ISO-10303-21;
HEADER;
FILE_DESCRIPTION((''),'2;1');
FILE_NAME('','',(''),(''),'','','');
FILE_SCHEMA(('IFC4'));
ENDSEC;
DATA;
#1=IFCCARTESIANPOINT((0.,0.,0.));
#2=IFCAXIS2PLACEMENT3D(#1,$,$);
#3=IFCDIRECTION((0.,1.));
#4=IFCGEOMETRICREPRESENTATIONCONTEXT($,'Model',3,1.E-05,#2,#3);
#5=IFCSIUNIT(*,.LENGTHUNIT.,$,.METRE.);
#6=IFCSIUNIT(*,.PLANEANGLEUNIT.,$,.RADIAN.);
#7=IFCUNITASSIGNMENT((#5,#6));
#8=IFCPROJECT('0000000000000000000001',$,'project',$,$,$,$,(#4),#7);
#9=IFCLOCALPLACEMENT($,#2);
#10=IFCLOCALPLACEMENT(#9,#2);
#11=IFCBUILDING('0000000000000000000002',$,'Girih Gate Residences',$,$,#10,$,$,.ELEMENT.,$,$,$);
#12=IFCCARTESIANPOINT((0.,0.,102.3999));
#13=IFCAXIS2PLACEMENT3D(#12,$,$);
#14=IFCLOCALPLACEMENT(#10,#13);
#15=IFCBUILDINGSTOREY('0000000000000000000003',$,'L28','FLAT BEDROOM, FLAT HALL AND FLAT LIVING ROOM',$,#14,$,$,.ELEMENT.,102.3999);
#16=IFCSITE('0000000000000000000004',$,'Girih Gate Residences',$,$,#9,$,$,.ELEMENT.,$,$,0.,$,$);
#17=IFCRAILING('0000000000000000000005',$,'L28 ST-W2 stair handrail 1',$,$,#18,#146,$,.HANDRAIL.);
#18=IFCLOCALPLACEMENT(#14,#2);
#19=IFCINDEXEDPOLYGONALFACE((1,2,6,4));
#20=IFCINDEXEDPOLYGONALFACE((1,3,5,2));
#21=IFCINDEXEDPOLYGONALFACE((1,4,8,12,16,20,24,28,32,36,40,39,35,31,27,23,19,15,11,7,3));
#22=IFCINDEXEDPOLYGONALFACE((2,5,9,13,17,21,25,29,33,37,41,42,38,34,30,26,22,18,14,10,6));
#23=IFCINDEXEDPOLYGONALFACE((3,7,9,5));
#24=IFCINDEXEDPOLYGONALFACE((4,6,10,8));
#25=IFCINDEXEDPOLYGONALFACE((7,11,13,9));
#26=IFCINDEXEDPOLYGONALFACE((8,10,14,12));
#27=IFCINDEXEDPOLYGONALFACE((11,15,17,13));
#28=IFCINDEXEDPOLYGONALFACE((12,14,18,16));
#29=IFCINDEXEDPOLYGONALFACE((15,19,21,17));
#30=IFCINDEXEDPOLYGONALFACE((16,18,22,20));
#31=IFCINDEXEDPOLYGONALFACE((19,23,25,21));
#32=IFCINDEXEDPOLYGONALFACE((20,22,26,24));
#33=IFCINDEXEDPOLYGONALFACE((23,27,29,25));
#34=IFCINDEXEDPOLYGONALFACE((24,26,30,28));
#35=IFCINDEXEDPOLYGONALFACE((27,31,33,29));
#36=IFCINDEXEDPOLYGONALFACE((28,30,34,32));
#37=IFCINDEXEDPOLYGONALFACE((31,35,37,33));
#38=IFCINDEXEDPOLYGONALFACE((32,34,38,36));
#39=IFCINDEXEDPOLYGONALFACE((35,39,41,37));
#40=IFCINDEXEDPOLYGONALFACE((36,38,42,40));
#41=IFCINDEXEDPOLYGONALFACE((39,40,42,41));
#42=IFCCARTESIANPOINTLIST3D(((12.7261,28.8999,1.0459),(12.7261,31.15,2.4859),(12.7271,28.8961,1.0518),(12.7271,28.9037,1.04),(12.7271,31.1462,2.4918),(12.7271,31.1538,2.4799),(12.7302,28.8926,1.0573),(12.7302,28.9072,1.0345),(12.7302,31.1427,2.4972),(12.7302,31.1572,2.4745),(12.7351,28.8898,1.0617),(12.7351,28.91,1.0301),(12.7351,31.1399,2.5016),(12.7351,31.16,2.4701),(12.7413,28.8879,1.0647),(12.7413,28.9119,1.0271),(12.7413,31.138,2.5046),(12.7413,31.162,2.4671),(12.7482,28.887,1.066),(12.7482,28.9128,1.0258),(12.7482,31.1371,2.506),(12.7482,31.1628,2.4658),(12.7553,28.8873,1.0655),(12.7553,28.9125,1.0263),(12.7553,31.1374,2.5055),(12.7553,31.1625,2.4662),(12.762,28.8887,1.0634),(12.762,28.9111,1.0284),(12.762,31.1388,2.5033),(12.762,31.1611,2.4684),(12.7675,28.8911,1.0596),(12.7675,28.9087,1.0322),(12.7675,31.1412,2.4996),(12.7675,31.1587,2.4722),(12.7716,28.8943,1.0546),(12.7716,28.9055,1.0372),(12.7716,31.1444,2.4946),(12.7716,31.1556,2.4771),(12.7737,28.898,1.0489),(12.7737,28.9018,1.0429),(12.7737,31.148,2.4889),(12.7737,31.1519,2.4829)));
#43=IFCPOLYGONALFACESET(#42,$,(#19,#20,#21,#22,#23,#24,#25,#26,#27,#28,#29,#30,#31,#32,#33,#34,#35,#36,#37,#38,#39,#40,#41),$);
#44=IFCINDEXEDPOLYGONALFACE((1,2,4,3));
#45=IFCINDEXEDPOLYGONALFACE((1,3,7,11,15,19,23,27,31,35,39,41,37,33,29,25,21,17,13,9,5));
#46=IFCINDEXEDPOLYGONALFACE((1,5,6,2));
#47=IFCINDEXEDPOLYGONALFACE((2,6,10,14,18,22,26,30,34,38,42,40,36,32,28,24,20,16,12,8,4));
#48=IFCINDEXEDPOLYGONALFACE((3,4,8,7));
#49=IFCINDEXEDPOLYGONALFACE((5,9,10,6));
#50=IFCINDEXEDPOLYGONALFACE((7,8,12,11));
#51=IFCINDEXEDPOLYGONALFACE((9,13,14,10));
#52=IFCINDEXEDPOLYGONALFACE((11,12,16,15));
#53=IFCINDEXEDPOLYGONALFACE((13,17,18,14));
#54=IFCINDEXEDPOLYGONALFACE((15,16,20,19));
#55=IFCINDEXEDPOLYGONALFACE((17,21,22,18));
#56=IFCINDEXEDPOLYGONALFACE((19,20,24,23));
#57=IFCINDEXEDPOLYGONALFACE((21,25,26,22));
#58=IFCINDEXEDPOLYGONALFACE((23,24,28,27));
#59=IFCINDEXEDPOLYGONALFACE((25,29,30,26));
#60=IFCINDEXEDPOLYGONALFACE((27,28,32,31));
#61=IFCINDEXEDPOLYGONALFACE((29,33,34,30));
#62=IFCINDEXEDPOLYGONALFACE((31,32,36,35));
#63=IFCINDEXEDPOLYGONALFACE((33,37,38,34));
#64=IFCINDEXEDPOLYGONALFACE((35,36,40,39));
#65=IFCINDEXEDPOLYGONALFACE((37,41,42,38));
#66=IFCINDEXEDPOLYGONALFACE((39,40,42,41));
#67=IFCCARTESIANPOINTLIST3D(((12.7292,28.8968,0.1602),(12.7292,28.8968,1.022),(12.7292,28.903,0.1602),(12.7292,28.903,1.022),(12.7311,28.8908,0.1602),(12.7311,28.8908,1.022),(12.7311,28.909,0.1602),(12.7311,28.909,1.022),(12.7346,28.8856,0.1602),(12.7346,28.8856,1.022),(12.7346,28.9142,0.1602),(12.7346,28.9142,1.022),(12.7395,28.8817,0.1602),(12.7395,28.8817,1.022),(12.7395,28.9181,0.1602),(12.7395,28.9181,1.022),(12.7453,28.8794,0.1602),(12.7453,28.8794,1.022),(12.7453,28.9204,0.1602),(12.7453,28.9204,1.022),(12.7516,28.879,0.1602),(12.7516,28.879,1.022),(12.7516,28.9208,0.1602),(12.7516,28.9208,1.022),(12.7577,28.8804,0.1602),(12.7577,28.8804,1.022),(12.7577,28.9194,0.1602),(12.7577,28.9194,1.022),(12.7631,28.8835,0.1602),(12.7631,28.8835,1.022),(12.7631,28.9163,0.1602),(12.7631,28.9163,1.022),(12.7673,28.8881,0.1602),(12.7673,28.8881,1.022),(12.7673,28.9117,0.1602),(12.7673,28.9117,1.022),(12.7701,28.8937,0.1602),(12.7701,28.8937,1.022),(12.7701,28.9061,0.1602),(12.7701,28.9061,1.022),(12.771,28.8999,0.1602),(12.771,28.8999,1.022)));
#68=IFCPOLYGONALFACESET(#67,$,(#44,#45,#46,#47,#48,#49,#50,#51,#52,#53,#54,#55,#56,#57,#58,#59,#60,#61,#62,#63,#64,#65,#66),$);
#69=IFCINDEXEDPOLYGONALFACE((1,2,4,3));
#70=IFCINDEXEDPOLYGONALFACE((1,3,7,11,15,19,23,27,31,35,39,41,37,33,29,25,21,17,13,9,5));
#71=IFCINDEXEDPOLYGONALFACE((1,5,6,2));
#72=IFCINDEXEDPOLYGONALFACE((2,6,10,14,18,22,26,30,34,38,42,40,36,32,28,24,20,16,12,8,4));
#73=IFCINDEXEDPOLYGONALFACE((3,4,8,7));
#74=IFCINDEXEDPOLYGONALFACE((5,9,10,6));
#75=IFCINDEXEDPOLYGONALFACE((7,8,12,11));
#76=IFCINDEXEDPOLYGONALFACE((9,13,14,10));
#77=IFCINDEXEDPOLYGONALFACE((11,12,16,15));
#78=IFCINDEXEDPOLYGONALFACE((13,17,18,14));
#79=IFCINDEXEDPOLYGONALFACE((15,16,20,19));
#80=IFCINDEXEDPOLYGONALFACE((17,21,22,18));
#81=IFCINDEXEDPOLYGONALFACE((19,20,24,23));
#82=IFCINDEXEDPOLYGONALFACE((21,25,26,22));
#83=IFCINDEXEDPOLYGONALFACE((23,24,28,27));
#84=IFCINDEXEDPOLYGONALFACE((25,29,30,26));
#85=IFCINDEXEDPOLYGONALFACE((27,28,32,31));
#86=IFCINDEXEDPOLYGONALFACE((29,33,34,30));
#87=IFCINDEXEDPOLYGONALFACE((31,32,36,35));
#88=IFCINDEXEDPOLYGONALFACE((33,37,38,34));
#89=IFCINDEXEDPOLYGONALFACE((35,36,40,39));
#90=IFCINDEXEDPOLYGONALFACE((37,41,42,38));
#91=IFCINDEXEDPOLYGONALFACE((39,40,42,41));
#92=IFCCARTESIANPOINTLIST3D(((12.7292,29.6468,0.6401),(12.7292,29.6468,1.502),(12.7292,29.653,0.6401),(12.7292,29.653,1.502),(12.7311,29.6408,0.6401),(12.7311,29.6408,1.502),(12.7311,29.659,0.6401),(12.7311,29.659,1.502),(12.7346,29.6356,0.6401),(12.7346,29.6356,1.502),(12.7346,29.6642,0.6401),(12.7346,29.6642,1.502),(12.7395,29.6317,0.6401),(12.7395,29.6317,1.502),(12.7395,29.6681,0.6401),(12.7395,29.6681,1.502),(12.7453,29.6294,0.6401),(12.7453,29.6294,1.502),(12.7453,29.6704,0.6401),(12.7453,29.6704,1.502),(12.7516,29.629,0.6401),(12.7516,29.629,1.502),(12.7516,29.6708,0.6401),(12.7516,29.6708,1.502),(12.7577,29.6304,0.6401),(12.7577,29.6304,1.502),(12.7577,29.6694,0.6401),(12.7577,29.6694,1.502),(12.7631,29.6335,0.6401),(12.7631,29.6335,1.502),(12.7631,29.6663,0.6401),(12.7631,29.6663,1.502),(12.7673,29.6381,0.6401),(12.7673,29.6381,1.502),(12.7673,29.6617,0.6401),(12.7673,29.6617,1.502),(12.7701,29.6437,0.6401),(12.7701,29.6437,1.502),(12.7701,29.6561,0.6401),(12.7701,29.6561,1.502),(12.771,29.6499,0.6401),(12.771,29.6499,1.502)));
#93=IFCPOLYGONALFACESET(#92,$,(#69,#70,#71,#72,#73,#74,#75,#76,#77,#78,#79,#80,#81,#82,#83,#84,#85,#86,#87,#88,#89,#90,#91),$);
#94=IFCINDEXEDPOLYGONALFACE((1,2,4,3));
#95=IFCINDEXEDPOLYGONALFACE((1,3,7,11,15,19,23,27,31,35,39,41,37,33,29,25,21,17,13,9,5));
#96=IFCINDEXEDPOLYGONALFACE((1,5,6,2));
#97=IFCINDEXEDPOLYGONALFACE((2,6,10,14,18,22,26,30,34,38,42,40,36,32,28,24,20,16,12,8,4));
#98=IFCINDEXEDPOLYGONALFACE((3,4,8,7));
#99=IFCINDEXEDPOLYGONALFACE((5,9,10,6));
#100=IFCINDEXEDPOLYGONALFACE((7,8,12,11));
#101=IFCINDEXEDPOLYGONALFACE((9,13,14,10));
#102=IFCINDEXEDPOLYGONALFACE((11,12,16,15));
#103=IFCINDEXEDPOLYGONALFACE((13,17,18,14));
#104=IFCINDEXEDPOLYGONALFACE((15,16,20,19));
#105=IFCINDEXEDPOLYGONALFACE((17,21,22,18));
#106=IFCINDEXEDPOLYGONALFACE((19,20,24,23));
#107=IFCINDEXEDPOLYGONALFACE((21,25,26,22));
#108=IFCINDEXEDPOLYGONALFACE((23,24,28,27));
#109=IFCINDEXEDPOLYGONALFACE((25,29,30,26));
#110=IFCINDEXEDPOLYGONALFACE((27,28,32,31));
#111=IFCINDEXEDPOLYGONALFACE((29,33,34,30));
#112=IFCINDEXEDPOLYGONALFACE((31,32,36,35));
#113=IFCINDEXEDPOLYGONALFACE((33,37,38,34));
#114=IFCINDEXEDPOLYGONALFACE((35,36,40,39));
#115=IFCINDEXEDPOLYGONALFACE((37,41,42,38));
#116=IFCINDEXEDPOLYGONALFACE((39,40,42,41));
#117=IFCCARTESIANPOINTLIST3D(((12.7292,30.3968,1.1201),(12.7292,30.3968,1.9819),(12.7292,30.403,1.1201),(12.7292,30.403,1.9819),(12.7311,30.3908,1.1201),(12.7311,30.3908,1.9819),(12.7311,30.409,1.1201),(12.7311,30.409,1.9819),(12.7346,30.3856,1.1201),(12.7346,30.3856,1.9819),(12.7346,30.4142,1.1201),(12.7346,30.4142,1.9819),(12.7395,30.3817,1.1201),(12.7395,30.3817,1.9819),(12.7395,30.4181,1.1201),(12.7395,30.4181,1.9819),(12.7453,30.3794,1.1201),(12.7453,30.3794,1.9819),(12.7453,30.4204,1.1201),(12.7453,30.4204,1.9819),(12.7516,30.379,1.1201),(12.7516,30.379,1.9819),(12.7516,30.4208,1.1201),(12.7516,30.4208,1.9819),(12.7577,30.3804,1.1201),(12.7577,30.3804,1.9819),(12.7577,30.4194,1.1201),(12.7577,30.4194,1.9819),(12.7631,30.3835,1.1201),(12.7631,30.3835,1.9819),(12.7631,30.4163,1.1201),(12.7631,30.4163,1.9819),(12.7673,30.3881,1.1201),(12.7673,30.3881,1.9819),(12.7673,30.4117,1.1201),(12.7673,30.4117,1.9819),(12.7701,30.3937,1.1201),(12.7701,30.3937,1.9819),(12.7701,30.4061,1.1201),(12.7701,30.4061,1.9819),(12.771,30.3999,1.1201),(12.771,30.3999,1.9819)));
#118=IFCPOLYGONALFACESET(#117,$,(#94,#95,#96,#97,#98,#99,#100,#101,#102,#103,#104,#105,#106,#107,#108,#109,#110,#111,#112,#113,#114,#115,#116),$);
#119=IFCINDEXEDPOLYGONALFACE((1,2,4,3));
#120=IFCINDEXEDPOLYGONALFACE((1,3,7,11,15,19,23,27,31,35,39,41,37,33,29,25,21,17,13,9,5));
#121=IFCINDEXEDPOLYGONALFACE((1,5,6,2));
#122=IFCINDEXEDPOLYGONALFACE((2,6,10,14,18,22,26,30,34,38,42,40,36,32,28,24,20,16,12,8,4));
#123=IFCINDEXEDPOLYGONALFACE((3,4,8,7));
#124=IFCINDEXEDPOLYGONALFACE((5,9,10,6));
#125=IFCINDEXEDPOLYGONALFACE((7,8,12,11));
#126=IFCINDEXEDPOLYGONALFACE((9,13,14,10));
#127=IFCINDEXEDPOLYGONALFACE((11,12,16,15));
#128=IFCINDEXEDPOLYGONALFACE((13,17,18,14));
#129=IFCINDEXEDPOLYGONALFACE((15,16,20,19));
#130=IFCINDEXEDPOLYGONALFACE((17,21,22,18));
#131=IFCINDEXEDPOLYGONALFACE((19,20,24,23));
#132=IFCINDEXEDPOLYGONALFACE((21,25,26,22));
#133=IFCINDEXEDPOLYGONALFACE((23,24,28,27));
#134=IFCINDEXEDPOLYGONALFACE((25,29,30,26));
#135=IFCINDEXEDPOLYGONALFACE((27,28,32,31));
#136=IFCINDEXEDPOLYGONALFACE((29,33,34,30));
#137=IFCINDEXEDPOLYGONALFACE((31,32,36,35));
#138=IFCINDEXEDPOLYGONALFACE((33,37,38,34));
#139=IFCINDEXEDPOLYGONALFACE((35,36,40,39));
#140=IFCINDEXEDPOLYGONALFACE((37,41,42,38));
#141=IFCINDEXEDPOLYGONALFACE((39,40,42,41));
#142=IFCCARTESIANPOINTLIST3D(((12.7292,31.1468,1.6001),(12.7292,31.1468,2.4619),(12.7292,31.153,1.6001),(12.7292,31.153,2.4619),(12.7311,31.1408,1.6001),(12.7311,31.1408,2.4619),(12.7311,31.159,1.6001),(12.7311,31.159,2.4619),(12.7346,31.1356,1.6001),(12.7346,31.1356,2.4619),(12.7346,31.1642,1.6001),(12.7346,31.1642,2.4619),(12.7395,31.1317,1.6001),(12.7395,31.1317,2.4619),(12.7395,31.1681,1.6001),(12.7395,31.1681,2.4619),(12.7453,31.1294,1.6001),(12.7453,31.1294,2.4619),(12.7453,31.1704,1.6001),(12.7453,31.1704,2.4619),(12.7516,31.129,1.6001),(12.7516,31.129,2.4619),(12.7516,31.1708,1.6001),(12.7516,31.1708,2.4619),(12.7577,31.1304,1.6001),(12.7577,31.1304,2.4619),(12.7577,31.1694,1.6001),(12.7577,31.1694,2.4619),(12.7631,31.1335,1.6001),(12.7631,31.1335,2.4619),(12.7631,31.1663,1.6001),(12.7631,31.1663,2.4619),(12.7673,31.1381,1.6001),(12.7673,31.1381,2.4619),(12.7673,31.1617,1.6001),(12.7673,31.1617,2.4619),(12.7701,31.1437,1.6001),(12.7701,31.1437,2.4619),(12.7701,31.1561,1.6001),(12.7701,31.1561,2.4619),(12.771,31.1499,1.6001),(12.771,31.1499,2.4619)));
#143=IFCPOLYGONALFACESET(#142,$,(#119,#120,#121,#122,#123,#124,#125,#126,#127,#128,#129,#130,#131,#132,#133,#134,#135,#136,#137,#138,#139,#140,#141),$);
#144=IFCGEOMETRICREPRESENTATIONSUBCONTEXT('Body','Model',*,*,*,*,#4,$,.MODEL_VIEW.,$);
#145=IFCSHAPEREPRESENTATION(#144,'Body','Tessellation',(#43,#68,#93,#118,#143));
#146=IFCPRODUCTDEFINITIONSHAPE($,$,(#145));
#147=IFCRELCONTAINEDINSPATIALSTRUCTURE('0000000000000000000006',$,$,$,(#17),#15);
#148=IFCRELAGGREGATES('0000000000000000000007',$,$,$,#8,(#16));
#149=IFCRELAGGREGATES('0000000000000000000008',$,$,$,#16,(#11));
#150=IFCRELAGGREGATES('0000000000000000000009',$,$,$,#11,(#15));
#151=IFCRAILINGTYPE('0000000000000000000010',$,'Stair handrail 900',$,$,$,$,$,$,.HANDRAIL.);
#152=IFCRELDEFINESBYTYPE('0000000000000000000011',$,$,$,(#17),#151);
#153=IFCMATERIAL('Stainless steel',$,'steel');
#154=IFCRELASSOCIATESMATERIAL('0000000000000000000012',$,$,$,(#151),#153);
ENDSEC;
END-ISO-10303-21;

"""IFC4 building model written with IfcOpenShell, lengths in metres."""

from ifc_helpers import new_model, si_unit, direction, frame, origin, origin_2d, place, context, subcontext, project, spatial, circle, extrude, material, type_object, element, save


model = new_model("IFC4")

# Units and contexts
model_context = context("Model", 3, precision=1e-05, world=origin(), true_north=direction((0.0, 1.0)))
body_context = subcontext(model_context, "Body", "Model", "MODEL_VIEW")
ifc_project = project(units=[si_unit("LENGTHUNIT", "METRE"), si_unit("PLANEANGLEUNIT", "RADIAN")], contexts=[model_context])

# Site, building, storey
site_placement = place(None, origin())
site = spatial("IfcSite", under=ifc_project, at=site_placement, Name="Girih Gate Residences", CompositionType="ELEMENT", RefElevation=0.0)
building_placement = place(site_placement, origin())
building = spatial("IfcBuilding", under=site, at=building_placement, Name="Girih Gate Residences", CompositionType="ELEMENT")
storey_placement = place(building_placement, frame((0.0, 0.0, 102.3999)))
storey = spatial("IfcBuildingStorey", under=building, at=storey_placement, Name="L28", Description="FLAT BEDROOM, FLAT HALL AND FLAT LIVING ROOM", CompositionType="ELEMENT", Elevation=102.3999)

# Railing
ifc_material_1 = material(Name="Stainless steel", Category="steel")
railing_type_1 = type_object("IfcRailingType", Name="Stair handrail 900", PredefinedType="HANDRAIL", material=ifc_material_1)
railing_1_placement = place(storey_placement, frame((12.75, 28.8999, 0.1602)))
element("IfcRailing", 1, at=railing_1_placement, inside=storey, type_object=railing_type_1, Name="L28 ST-W2 stair handrail 1", PredefinedType="HANDRAIL", context=body_context, shape_type="SweptSolid", body=[
    extrude(circle(Radius=0.0239, at=origin_2d()), frame((0.0, 0.0, 0.8857), z_axis=(0.0, 0.842281, 0.539038), x_axis=(-1.0, 0.0, 0.0)), (0.0, 0.0, 1.0), 2.6714),
    extrude(circle(Radius=0.021, at=origin_2d()), origin(), (0.0, 0.0, 1.0), 0.8618),
    extrude(circle(Radius=0.021, at=origin_2d()), frame((0.0, 0.75, 0.48)), (0.0, 0.0, 1.0), 0.8618),
    extrude(circle(Radius=0.021, at=origin_2d()), frame((0.0, 1.5, 0.96)), (0.0, 0.0, 1.0), 0.8618),
    extrude(circle(Radius=0.021, at=origin_2d()), frame((0.0, 2.25, 1.4399)), (0.0, 0.0, 1.0), 0.8618),
])

save(model, "model.ifc")
